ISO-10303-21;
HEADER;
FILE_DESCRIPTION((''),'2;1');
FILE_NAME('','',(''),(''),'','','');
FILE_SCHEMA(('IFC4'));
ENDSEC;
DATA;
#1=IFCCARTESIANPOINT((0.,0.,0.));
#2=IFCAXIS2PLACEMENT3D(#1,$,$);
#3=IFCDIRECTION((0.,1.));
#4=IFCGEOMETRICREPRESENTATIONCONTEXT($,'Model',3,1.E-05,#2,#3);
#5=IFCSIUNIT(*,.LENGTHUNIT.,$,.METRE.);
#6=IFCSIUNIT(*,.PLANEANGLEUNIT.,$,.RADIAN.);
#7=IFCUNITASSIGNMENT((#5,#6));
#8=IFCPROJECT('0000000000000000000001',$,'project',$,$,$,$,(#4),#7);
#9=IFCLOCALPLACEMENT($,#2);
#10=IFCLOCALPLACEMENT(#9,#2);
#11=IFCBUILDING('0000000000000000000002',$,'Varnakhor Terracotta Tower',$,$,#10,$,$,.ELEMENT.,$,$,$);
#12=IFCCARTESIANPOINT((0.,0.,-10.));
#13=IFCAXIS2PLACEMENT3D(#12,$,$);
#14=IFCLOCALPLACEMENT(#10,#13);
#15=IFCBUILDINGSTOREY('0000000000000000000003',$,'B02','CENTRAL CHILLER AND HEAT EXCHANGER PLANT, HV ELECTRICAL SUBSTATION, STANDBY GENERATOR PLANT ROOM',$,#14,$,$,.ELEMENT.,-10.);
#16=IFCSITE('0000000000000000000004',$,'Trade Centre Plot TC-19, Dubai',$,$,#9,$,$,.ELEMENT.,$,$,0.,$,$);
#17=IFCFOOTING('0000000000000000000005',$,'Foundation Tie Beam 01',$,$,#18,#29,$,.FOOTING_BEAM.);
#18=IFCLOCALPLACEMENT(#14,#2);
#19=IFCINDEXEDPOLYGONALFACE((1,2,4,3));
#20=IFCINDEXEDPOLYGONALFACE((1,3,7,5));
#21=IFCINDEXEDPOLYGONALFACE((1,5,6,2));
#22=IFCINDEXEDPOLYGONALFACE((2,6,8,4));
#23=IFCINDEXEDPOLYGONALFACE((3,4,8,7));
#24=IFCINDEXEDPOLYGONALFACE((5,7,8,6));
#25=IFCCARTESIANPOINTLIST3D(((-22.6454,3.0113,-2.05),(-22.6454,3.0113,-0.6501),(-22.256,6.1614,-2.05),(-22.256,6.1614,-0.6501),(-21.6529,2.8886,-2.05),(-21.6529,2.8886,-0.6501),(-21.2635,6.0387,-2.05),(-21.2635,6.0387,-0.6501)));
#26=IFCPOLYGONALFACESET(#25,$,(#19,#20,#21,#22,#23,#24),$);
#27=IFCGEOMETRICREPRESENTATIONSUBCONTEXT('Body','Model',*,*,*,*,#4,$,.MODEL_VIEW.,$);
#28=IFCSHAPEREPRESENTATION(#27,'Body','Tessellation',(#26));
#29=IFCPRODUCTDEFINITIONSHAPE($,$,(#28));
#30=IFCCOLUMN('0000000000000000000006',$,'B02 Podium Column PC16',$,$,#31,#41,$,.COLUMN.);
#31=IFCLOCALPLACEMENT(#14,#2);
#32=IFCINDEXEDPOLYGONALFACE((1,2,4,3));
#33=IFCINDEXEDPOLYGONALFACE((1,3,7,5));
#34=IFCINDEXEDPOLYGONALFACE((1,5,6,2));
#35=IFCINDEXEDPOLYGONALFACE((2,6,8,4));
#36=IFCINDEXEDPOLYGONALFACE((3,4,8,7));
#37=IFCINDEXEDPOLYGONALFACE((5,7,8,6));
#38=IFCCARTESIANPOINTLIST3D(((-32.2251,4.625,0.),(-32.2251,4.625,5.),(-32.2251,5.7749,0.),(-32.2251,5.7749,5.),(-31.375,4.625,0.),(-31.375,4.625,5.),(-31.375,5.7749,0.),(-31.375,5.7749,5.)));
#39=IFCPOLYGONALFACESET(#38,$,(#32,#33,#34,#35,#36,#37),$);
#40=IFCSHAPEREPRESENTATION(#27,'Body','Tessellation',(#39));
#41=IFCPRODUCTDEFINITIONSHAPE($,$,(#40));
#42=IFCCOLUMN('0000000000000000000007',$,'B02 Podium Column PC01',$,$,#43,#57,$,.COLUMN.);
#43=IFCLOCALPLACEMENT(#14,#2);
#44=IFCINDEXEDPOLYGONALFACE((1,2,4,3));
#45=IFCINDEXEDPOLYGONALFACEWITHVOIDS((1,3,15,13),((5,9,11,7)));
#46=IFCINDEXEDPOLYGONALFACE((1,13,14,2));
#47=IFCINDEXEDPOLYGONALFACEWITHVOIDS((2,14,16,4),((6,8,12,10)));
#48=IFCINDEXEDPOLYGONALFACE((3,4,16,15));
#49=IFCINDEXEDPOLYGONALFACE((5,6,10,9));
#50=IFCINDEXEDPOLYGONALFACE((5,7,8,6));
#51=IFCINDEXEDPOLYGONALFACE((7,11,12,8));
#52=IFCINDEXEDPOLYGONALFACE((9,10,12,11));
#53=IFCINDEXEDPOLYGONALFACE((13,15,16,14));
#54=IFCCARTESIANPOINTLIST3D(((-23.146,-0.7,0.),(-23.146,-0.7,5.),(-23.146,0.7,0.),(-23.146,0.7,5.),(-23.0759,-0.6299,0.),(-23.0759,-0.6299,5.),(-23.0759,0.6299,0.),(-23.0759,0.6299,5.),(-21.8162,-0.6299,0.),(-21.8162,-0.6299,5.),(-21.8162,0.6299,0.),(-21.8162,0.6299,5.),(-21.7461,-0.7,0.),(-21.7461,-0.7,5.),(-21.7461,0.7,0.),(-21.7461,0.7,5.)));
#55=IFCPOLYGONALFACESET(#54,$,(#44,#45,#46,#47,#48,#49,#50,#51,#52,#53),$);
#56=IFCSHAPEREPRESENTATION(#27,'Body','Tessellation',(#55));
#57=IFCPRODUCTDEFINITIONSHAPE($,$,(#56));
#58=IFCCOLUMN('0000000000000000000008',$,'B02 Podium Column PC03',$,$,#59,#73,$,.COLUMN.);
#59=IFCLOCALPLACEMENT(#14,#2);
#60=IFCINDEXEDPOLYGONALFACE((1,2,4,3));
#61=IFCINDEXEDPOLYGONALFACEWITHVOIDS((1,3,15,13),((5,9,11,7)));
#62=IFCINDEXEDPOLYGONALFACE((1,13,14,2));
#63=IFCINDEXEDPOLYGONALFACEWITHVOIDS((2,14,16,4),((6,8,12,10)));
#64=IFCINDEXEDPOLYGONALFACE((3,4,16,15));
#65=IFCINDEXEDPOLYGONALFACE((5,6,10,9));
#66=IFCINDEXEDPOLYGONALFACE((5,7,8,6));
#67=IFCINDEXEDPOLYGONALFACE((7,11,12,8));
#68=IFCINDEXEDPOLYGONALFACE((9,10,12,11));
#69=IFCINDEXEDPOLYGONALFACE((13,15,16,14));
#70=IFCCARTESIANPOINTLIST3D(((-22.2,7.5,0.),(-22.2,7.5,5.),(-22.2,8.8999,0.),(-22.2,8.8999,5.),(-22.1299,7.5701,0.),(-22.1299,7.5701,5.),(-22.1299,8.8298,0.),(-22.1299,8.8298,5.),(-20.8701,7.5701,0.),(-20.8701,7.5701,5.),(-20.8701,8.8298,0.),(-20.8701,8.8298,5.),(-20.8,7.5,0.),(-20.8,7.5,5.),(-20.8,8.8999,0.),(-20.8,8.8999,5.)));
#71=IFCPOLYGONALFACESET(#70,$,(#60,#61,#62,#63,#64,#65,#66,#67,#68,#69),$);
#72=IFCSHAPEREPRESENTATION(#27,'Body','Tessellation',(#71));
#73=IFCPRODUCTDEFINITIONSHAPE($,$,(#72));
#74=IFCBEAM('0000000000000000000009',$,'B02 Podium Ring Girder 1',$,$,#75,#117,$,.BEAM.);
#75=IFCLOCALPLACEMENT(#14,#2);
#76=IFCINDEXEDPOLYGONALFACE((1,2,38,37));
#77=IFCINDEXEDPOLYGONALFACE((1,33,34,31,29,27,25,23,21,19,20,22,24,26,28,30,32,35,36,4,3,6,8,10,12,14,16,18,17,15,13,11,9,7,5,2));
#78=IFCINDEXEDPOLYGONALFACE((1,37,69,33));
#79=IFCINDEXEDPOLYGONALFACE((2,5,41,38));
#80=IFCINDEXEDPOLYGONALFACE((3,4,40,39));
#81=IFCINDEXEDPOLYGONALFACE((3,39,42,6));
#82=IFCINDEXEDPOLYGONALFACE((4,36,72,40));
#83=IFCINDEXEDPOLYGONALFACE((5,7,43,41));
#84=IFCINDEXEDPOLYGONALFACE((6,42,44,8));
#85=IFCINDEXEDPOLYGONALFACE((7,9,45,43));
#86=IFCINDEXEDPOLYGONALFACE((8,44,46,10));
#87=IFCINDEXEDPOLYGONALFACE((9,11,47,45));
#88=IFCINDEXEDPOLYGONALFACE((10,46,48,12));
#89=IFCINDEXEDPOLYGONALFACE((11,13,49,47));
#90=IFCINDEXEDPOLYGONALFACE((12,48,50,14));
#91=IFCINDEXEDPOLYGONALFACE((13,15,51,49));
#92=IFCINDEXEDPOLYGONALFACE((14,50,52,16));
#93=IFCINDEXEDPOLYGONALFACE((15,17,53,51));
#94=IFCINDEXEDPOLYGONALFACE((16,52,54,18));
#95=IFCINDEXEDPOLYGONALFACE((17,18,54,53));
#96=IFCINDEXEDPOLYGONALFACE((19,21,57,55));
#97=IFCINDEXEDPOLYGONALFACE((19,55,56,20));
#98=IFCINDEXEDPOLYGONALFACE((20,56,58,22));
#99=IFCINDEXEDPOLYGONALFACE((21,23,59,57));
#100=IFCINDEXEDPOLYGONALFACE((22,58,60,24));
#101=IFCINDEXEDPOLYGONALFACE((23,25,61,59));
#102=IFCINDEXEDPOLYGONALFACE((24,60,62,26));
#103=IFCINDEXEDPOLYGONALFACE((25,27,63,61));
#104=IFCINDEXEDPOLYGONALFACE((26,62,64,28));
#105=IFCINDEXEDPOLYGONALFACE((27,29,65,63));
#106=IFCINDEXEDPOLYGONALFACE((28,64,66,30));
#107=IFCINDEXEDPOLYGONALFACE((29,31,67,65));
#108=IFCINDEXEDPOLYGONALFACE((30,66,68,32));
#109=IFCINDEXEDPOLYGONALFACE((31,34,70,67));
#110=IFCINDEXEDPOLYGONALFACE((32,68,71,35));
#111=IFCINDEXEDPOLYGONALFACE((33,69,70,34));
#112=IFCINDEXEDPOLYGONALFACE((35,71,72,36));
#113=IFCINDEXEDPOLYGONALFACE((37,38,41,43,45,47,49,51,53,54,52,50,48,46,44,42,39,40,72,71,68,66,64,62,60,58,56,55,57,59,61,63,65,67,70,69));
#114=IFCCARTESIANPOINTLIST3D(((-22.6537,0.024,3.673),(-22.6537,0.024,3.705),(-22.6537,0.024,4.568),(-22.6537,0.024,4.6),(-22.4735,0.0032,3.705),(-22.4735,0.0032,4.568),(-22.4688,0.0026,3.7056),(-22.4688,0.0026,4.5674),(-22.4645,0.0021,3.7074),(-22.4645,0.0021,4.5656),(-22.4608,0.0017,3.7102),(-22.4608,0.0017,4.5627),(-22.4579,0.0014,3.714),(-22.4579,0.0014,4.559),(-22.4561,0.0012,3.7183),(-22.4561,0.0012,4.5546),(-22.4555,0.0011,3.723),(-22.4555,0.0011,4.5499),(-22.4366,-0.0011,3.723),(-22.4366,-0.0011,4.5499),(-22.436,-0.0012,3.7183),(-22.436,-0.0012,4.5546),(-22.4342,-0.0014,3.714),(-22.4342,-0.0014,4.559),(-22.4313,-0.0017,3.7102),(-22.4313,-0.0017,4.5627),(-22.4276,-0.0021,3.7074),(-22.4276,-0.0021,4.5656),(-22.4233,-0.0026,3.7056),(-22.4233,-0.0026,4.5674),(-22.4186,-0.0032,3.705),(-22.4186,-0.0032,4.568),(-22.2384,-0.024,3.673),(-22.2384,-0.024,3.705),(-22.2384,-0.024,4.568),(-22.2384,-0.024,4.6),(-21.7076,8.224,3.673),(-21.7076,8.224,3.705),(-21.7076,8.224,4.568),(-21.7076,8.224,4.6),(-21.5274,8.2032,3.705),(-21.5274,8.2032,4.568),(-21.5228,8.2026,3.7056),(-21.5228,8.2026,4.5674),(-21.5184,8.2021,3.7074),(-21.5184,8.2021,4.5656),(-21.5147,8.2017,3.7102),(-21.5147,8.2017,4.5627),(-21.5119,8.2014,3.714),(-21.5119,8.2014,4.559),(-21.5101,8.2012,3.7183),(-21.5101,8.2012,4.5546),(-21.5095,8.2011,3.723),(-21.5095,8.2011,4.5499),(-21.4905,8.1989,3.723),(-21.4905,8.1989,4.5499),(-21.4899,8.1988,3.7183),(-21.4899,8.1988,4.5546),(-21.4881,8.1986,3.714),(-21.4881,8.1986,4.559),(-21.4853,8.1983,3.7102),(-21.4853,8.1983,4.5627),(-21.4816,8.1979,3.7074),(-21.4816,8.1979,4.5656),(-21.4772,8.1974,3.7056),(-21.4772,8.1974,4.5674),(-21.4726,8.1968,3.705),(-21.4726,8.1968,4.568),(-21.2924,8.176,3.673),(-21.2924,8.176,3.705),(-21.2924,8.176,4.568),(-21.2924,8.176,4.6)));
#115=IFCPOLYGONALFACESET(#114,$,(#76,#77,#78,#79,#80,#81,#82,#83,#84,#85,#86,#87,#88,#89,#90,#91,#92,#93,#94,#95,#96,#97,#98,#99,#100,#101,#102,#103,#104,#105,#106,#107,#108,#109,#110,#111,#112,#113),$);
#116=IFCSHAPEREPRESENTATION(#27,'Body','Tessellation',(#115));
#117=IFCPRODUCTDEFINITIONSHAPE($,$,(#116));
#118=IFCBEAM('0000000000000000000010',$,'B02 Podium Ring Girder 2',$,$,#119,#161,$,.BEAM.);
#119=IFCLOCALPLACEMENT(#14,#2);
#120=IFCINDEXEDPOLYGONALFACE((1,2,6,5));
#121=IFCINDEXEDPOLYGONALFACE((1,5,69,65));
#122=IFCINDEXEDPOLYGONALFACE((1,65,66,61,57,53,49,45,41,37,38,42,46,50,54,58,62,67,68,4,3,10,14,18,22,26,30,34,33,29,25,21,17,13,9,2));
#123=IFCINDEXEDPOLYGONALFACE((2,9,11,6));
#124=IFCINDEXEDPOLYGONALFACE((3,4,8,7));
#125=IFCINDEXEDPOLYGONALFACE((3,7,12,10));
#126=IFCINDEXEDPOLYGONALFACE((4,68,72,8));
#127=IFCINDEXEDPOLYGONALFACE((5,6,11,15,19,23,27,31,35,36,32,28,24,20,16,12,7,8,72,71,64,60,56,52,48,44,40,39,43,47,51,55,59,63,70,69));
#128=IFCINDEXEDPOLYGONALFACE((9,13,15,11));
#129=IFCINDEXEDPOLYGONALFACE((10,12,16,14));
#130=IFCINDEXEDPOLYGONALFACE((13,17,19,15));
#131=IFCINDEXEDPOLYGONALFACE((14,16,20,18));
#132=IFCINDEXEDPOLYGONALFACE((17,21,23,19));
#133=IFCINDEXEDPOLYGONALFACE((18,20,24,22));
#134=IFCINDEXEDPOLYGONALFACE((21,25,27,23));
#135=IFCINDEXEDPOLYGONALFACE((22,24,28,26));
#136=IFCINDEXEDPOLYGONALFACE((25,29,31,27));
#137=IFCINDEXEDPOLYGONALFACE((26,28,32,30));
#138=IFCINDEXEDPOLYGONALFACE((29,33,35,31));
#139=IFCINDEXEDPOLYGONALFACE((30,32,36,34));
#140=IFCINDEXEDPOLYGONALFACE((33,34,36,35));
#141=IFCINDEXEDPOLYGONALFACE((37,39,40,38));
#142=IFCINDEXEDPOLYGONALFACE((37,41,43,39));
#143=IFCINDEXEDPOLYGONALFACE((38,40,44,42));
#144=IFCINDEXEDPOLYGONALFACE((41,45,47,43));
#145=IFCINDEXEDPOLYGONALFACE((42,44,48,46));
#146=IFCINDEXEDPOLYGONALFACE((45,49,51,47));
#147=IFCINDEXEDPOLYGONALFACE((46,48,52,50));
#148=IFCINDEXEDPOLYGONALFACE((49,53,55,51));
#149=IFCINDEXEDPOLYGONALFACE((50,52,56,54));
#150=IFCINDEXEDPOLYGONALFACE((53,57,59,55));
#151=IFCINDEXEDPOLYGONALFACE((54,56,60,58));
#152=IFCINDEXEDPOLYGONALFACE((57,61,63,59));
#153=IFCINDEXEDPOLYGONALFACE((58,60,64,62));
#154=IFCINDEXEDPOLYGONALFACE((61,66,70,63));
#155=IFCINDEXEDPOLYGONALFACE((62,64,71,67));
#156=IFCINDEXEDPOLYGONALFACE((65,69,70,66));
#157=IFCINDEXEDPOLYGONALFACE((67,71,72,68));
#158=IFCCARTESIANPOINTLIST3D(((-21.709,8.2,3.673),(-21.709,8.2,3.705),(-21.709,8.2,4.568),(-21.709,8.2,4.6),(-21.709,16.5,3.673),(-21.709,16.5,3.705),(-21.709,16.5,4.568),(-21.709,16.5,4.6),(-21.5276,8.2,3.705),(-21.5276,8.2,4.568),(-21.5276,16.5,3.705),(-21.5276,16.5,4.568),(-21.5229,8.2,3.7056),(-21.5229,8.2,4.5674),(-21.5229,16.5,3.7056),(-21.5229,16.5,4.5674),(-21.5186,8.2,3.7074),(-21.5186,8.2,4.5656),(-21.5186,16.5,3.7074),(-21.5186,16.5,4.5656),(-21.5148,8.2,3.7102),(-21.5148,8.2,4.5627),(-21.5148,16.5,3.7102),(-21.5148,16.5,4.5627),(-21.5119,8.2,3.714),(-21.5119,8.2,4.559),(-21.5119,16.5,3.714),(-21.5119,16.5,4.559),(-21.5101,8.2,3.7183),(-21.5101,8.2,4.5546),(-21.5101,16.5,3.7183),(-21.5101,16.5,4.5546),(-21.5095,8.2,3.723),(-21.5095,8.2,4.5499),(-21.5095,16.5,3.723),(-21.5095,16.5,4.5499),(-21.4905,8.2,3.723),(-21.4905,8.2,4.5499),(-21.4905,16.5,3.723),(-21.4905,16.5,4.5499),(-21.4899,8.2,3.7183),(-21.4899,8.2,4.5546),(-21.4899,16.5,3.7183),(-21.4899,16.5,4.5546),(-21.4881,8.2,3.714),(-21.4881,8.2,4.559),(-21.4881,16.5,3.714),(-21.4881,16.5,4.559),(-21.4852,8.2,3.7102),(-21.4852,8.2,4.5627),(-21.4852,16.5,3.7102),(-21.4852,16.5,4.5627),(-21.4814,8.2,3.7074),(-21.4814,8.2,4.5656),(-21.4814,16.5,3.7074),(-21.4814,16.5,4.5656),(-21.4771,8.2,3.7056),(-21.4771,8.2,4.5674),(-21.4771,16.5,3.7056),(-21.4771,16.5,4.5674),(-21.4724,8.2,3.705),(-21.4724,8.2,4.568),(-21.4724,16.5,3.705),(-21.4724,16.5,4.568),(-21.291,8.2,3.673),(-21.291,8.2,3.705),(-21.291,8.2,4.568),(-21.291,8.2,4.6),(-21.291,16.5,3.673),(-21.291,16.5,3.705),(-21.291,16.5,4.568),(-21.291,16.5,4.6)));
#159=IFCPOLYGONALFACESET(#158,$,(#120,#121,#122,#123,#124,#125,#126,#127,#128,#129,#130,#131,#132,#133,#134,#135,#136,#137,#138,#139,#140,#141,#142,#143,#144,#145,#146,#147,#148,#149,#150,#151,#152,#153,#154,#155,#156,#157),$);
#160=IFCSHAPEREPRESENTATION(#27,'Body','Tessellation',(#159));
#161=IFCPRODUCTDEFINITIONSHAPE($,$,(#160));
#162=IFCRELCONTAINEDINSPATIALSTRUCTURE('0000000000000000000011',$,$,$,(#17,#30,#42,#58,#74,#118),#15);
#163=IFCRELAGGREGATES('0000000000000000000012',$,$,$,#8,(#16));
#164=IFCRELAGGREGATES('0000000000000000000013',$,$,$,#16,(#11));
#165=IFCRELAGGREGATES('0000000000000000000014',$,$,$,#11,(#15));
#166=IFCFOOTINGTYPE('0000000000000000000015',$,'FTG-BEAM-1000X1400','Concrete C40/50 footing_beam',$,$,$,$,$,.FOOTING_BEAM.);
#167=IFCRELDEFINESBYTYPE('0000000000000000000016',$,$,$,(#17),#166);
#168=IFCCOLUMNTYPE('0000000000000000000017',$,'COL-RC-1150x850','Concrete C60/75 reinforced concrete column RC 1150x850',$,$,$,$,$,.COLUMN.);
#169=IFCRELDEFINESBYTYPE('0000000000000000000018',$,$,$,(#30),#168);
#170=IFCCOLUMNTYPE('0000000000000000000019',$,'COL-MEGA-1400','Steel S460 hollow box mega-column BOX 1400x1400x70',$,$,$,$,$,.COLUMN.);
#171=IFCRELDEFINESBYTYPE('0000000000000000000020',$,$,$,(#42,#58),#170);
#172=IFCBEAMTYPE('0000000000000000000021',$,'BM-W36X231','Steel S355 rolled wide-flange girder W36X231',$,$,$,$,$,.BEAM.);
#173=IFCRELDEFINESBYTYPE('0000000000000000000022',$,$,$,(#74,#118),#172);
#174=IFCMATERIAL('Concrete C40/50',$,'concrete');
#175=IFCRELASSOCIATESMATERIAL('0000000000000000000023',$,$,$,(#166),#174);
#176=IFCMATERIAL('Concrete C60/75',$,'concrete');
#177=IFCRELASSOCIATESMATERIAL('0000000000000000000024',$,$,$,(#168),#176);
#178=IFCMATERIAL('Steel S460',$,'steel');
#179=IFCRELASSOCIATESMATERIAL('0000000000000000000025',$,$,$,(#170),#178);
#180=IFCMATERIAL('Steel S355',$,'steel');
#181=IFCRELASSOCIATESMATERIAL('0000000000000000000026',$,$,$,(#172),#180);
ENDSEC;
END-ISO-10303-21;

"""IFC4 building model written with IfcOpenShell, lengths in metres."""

from ifc_helpers import new_model, si_unit, direction, frame, origin, origin_2d, place, context, subcontext, project, spatial, rectangle, hollow_rectangle, i_section, extrude, source, transform, mapped, material, material_profile, profile_set, type_object, type_shapes, element, save


model = new_model("IFC4")

# Units and contexts
model_context = context("Model", 3, precision=1e-05, world=origin(), true_north=direction((0.0, 1.0)))
body_context = subcontext(model_context, "Body", "Model", "MODEL_VIEW")
ifc_project = project(units=[si_unit("LENGTHUNIT", "METRE"), si_unit("PLANEANGLEUNIT", "RADIAN")], contexts=[model_context])

# Site, building, storey
site_placement = place(None, origin())
site = spatial("IfcSite", under=ifc_project, at=site_placement, Name="Trade Centre Plot TC-19, Dubai", CompositionType="ELEMENT", RefElevation=0.0)
building_placement = place(site_placement, origin())
building = spatial("IfcBuilding", under=site, at=building_placement, Name="Varnakhor Terracotta Tower", CompositionType="ELEMENT")
storey_placement = place(building_placement, frame((0.0, 0.0, -10.0)))
storey = spatial("IfcBuildingStorey", under=building, at=storey_placement, Name="B02", Description="CENTRAL CHILLER AND HEAT EXCHANGER PLANT, HV ELECTRICAL SUBSTATION, STANDBY GENERATOR PLANT ROOM", CompositionType="ELEMENT", Elevation=-10.0)

# Shared definitions
ifc_material_1 = material(Name="Concrete C40/50", Category="concrete")

# Footing
ifc_material_profile_1 = material_profile(ifc_material_1, rectangle(XDim=1.0, YDim=1.3999, at=origin_2d()), Name="TIE BEAM 1000x1400")
ifc_profile_set_1 = profile_set([ifc_material_profile_1], Name="Concrete C40/50")
footing_type_1 = type_object("IfcFootingType", Name="FTG-BEAM-1000X1400", Description="Concrete C40/50 footing_beam", PredefinedType="FOOTING_BEAM", material=ifc_profile_set_1)
shared_shape_1 = source(origin(), body_context, "Body", "SweptSolid", [
    extrude(rectangle(XDim=1.0, YDim=1.3999, at=origin_2d()), origin(), (0.0, 0.0, 1.0), 3.1741),
])
type_shapes(footing_type_1, [shared_shape_1])
footing_1_placement = place(storey_placement, frame((-22.1492, 2.95, -1.3501), z_axis=(0.122681, 0.992446, 0.0), x_axis=(-0.992446, 0.122681, 0.0)))
element("IfcFooting", 1, at=footing_1_placement, inside=storey, type_object=footing_type_1, Name="Foundation Tie Beam 01", PredefinedType="FOOTING_BEAM", context=body_context, shape_type="MappedRepresentation", body=[
    mapped(shared_shape_1, transform((0.0, 0.0, 0.0), scale=1.0)),
])

# Columns
ifc_material_2 = material(Name="Concrete C60/75", Category="concrete")
ifc_material_profile_2 = material_profile(ifc_material_2, rectangle(XDim=0.8501, YDim=1.1499, at=origin_2d()), Name="RC 1150x850")
ifc_profile_set_2 = profile_set([ifc_material_profile_2], Name="Concrete C60/75")
column_type_1 = type_object("IfcColumnType", Name="COL-RC-1150x850", Description="Concrete C60/75 reinforced concrete column RC 1150x850", PredefinedType="COLUMN", material=ifc_profile_set_2)
shared_shape_2 = source(origin(), body_context, "Body", "SweptSolid", [
    extrude(rectangle(XDim=0.8501, YDim=1.1499, at=origin_2d()), origin(), (0.0, 0.0, 1.0), 5.0),
])
type_shapes(column_type_1, [shared_shape_2])
column_placement = place(storey_placement, frame((-31.8, 5.2, 0.0), z_axis=(0.0, 0.0, 1.0), x_axis=(1.0, 0.0, 0.0)))
element("IfcColumn", 2, at=column_placement, inside=storey, type_object=column_type_1, Name="B02 Podium Column PC16", PredefinedType="COLUMN", context=body_context, shape_type="MappedRepresentation", body=[
    mapped(shared_shape_2, transform((0.0, 0.0, 0.0), scale=1.0)),
])
ifc_material_3 = material(Name="Steel S460", Category="steel")
ifc_material_profile_3 = material_profile(ifc_material_3, hollow_rectangle(XDim=1.3999, YDim=1.3999, WallThickness=0.0701, at=origin_2d()), Name="BOX 1400x1400x70")
ifc_profile_set_3 = profile_set([ifc_material_profile_3], Name="Steel S460")
column_type_2 = type_object("IfcColumnType", Name="COL-MEGA-1400", Description="Steel S460 hollow box mega-column BOX 1400x1400x70", PredefinedType="COLUMN", material=ifc_profile_set_3)
shared_shape_3 = source(origin(), body_context, "Body", "SweptSolid", [
    extrude(hollow_rectangle(XDim=1.3999, YDim=1.3999, WallThickness=0.0701, at=origin_2d()), origin(), (0.0, 0.0, 1.0), 5.0),
])
type_shapes(column_type_2, [shared_shape_3])
for number, where, z_axis, x_axis, name in (
    (3, (-22.446, 0.0, 0.0), (0.0, 0.0, 1.0), (1.0, 0.0, 0.0), "B02 Podium Column PC01"),
    (4, (-21.5, 8.2, 0.0), (0.0, 0.0, 1.0), (1.0, 0.0, 0.0), "B02 Podium Column PC03"),
):
    element("IfcColumn", number, at=place(storey_placement, frame(where, z_axis=z_axis, x_axis=x_axis)), inside=storey, type_object=column_type_2, Name=name, PredefinedType="COLUMN", context=body_context, shape_type="MappedRepresentation", body=[
        mapped(shared_shape_3, transform((0.0, 0.0, 0.0), scale=1.0)),
    ])

# Beams
ifc_material_4 = material(Name="Steel S355", Category="steel")
ifc_material_profile_4 = material_profile(ifc_material_4, i_section(OverallWidth=0.418, OverallDepth=0.927, WebThickness=0.019, FlangeThickness=0.032, FilletRadius=0.0181, at=origin_2d()), Name="W36X231")
ifc_profile_set_4 = profile_set([ifc_material_profile_4], Name="Steel S355")
beam_type_1 = type_object("IfcBeamType", Name="BM-W36X231", Description="Steel S355 rolled wide-flange girder W36X231", PredefinedType="BEAM", material=ifc_profile_set_4)
shared_shape_4 = source(origin(), body_context, "Body", "SweptSolid", [
    extrude(i_section(OverallWidth=0.418, OverallDepth=0.927, WebThickness=0.019, FlangeThickness=0.032, FilletRadius=0.0181, at=origin_2d()), origin(), (0.0, 0.0, 1.0), 8.2544),
])
type_shapes(beam_type_1, [shared_shape_4])
beam_1_placement = place(storey_placement, frame((-22.446, 0.0, 4.1365), z_axis=(0.114612, 0.99341, 0.0), x_axis=(-0.99341, 0.114612, 0.0)))
element("IfcBeam", 5, at=beam_1_placement, inside=storey, type_object=beam_type_1, Name="B02 Podium Ring Girder 1", PredefinedType="BEAM", context=body_context, shape_type="MappedRepresentation", body=[
    mapped(shared_shape_4, transform((0.0, 0.0, 0.0), scale=1.0)),
])
shared_shape_5 = source(origin(), body_context, "Body", "SweptSolid", [
    extrude(i_section(OverallWidth=0.418, OverallDepth=0.927, WebThickness=0.019, FlangeThickness=0.032, FilletRadius=0.0181, at=origin_2d()), origin(), (0.0, 0.0, 1.0), 8.3),
])
beam_2_placement = place(storey_placement, frame((-21.5, 8.2, 4.1365), z_axis=(0.0, 1.0, 0.0), x_axis=(-1.0, 0.0, 0.0)))
element("IfcBeam", 6, at=beam_2_placement, inside=storey, type_object=beam_type_1, Name="B02 Podium Ring Girder 2", PredefinedType="BEAM", context=body_context, shape_type="MappedRepresentation", body=[
    mapped(shared_shape_5, transform((0.0, 0.0, 0.0), scale=1.0)),
])

save(model, "model.ifc")
